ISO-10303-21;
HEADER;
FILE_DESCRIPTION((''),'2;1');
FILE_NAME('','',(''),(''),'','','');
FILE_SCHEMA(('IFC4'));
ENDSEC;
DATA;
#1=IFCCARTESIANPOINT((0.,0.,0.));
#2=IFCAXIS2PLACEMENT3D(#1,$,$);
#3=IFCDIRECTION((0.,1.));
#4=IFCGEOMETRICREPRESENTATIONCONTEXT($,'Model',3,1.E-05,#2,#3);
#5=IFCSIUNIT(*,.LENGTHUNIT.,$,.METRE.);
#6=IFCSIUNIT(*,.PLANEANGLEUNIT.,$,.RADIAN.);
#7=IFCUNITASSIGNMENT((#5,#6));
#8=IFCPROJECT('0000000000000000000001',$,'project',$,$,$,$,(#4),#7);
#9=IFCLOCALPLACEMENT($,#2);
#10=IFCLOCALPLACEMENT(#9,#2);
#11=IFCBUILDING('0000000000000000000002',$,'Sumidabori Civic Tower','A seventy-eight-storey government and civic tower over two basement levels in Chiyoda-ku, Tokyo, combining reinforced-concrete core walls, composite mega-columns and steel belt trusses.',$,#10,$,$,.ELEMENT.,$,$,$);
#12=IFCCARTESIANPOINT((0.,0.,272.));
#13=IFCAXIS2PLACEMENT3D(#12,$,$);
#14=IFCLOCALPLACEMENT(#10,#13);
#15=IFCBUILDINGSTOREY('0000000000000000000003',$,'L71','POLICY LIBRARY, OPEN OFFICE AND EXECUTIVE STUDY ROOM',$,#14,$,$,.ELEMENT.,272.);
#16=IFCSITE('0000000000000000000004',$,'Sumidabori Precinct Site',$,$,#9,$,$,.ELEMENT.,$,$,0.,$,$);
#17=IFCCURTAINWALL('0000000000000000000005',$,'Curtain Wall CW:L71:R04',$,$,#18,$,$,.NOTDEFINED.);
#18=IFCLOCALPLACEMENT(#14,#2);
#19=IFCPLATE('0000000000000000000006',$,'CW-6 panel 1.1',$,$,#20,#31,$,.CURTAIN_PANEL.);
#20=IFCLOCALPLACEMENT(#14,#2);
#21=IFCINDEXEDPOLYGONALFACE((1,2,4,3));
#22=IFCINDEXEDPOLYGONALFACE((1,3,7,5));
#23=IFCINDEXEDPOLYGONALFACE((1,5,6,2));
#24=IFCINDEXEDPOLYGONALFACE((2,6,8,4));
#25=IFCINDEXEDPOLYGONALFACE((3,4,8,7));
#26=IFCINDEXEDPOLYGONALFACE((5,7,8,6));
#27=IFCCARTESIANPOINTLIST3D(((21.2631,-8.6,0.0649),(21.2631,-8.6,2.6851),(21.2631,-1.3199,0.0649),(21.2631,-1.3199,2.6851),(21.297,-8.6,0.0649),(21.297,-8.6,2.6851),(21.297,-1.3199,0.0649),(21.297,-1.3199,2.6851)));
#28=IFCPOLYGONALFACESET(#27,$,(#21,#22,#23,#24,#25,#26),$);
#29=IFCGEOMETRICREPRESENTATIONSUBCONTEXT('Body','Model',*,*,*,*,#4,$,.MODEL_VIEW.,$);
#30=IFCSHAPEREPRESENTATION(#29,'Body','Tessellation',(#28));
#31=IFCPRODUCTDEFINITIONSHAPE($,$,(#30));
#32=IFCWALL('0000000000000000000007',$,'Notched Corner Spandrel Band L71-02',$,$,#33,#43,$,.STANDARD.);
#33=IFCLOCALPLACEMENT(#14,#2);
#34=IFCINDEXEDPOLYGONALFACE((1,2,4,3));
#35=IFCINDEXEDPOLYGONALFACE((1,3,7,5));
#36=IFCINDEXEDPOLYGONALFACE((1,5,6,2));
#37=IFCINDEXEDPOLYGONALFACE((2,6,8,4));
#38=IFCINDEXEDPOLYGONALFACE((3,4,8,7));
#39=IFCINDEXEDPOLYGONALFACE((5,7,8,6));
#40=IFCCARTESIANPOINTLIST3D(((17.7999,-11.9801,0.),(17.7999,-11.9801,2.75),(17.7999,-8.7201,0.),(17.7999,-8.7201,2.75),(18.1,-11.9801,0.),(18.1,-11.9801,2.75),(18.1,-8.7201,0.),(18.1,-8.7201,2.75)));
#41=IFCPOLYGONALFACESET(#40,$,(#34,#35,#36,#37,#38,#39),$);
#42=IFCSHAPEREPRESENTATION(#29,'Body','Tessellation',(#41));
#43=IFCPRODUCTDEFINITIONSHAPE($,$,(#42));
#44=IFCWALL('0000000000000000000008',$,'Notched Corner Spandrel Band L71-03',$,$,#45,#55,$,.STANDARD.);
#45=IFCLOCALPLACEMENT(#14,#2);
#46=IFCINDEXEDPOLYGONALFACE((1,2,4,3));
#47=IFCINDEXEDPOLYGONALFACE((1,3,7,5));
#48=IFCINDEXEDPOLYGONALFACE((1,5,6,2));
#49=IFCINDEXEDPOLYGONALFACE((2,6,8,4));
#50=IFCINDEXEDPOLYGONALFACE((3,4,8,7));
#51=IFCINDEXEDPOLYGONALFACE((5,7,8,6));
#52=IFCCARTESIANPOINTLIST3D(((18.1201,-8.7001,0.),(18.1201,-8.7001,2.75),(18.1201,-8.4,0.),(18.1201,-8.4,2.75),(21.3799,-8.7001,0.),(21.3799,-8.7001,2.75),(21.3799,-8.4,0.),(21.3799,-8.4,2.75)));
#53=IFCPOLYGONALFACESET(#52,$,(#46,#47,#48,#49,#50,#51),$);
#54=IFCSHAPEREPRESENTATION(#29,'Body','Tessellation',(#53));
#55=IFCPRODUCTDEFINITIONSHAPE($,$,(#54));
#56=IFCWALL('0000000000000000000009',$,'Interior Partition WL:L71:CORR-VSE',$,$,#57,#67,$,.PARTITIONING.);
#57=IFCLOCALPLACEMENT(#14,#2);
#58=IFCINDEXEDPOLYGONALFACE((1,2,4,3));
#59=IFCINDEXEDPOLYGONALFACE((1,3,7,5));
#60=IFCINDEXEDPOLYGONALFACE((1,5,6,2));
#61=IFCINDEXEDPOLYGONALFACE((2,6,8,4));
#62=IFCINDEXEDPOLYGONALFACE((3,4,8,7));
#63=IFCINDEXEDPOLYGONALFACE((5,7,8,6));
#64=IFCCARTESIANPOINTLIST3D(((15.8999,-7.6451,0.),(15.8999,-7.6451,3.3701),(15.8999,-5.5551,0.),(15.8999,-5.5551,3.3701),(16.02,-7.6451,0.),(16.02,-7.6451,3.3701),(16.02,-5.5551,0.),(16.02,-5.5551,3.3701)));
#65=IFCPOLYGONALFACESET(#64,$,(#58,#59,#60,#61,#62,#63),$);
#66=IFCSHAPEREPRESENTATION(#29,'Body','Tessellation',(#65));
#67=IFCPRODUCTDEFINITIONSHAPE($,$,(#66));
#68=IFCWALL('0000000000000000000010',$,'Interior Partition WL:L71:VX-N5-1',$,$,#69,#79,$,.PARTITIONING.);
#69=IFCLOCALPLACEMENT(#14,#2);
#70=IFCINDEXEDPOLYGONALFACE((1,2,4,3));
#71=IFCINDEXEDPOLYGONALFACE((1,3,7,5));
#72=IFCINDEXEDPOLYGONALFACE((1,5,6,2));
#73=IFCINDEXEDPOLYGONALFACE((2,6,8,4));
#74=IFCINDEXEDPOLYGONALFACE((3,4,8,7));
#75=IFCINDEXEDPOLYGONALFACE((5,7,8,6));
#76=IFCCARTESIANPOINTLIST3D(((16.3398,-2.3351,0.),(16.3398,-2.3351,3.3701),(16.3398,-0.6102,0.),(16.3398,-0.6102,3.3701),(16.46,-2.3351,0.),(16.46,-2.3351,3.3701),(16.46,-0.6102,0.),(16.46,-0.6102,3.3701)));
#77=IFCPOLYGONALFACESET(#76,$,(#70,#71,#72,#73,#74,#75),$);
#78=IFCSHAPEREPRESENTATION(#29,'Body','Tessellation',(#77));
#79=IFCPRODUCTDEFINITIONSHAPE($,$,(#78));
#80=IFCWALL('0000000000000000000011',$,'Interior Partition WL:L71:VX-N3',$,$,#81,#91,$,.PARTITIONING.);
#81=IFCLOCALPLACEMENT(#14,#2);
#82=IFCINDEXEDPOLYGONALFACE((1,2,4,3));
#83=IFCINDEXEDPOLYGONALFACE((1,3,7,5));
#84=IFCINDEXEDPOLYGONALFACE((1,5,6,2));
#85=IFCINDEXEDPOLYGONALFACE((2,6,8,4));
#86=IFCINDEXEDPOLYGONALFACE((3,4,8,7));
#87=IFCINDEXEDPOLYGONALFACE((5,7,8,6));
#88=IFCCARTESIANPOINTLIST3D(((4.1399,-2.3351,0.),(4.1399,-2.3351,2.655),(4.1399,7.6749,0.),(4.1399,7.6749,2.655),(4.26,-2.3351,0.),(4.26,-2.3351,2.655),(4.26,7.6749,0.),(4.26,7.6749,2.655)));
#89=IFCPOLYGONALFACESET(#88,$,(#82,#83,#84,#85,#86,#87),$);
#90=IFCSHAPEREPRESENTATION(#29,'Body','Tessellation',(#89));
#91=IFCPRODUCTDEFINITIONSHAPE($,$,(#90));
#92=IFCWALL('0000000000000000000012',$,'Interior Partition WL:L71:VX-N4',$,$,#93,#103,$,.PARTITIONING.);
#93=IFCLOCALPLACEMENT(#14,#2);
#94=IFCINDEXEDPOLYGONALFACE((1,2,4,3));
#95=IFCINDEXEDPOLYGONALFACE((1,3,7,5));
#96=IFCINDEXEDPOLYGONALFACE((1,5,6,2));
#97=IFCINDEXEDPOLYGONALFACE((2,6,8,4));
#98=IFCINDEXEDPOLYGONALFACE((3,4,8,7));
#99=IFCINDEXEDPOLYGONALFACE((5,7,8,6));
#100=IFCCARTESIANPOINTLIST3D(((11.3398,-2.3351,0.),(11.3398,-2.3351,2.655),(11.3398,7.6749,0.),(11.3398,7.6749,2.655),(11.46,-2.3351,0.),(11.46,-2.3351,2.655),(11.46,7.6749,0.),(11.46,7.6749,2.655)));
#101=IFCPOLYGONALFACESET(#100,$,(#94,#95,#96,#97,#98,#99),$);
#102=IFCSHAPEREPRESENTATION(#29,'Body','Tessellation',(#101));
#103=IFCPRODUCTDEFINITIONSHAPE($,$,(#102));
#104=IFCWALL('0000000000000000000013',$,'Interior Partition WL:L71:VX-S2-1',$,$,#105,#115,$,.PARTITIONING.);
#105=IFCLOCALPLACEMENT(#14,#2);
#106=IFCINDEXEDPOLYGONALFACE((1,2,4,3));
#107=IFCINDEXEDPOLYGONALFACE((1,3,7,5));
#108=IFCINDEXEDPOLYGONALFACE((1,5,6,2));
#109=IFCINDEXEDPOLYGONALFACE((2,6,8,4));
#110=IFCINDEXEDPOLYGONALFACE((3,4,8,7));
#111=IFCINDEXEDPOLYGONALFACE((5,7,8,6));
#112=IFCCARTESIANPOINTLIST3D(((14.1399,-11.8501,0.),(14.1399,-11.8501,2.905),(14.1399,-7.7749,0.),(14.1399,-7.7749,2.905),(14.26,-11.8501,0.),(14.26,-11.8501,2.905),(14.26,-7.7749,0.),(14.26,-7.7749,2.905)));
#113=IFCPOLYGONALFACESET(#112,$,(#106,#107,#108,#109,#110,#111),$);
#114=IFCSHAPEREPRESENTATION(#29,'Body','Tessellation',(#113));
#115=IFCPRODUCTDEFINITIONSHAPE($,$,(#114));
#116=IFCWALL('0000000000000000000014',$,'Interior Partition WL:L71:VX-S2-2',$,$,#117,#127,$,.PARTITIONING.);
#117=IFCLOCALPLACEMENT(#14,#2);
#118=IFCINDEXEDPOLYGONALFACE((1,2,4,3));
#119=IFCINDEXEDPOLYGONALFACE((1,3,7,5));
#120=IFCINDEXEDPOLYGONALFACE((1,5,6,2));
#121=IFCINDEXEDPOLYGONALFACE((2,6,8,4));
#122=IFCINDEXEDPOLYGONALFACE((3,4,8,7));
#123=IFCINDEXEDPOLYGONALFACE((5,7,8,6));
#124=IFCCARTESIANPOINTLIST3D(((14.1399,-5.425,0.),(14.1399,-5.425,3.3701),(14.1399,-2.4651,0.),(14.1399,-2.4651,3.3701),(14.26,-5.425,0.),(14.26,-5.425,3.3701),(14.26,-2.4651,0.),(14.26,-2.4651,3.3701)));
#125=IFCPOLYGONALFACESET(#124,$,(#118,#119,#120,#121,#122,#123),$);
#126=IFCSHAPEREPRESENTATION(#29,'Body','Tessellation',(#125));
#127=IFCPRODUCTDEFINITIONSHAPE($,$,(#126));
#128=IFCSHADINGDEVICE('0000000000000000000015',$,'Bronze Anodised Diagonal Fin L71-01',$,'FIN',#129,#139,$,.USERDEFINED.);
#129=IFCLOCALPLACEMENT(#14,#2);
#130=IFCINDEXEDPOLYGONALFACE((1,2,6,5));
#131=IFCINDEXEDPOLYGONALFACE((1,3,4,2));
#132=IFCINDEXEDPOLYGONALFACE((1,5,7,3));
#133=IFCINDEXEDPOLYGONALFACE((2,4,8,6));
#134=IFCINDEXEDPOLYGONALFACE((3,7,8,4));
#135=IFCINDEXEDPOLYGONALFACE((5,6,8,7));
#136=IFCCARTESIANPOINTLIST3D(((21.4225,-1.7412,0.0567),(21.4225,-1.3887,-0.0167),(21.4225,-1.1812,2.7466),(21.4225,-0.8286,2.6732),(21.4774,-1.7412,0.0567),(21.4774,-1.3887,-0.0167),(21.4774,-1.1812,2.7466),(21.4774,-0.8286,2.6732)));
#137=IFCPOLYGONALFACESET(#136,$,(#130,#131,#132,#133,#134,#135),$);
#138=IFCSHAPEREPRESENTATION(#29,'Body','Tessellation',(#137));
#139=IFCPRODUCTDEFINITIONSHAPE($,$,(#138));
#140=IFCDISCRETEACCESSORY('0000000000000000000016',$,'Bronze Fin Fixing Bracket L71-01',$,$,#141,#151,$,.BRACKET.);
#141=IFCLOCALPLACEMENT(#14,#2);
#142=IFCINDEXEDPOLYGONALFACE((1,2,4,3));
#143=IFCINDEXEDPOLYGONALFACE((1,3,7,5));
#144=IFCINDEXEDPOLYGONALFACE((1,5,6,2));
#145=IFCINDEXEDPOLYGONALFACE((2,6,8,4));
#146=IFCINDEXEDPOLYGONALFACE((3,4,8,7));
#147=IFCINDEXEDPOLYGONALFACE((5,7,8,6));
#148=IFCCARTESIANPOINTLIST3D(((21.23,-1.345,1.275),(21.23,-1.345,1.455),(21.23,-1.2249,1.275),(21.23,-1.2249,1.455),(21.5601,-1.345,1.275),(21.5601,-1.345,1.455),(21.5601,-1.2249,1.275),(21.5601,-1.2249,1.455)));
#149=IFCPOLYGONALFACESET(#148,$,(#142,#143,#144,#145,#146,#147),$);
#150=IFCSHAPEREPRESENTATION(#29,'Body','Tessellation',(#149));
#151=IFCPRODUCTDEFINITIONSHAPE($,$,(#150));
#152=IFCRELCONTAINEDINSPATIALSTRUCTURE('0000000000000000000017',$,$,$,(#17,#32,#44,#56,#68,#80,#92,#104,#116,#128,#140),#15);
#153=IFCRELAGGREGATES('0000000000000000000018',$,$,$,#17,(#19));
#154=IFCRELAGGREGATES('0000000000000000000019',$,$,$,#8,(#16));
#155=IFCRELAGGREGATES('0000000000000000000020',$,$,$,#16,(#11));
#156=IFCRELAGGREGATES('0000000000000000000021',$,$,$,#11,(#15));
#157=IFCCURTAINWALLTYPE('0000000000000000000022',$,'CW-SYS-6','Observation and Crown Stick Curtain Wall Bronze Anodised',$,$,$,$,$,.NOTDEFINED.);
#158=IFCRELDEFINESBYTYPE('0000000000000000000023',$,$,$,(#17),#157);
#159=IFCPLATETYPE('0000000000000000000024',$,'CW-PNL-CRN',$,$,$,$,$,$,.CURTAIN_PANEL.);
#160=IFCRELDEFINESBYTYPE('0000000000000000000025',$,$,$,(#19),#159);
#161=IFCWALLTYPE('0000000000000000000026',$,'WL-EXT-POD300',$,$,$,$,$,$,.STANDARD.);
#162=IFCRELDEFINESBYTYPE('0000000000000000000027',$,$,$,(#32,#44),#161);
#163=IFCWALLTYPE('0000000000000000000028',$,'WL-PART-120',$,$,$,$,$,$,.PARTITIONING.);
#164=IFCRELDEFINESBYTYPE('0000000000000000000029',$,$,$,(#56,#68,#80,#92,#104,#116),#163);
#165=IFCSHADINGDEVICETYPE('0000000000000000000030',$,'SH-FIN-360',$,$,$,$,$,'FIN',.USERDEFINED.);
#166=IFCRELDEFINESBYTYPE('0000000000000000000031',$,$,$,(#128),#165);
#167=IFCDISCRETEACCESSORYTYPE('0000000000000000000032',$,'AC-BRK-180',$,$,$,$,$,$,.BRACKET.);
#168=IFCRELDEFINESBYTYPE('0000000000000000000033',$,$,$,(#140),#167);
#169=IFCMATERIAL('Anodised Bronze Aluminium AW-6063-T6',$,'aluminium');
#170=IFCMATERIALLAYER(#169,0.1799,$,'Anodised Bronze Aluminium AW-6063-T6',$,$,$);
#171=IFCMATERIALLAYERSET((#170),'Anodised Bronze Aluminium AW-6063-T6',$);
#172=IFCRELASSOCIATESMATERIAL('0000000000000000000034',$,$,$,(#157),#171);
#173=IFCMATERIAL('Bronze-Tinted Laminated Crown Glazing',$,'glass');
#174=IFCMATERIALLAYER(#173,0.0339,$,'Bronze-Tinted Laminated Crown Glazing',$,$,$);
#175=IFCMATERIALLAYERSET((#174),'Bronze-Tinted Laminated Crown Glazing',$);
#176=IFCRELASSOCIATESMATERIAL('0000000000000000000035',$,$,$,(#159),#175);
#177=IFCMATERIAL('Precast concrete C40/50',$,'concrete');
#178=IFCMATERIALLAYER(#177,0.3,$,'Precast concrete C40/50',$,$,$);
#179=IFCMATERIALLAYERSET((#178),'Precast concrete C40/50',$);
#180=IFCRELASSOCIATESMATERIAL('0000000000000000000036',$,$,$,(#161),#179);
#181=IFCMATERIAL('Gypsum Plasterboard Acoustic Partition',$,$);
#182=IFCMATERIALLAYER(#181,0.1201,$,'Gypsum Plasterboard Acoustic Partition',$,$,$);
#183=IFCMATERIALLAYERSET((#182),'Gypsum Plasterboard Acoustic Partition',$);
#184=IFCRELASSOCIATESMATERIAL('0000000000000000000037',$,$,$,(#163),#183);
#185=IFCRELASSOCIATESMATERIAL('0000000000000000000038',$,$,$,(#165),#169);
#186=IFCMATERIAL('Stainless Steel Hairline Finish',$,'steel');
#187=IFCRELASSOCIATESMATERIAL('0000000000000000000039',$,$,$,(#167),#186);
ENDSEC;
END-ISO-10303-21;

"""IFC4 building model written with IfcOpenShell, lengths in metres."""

from ifc_helpers import new_model, si_unit, direction, frame, frame_2d, origin, origin_2d, place, context, subcontext, project, spatial, rectangle, extrude, source, transform, mapped, material, layer, layer_set, material_profile, profile_set, type_object, element, aggregate, save


model = new_model("IFC4")

# Units and contexts
model_context = context("Model", 3, precision=1e-05, world=origin(), true_north=direction((0.0, 1.0)))
body_context = subcontext(model_context, "Body", "Model", "MODEL_VIEW")
ifc_project = project(units=[si_unit("LENGTHUNIT", "METRE"), si_unit("PLANEANGLEUNIT", "RADIAN")], contexts=[model_context])

# Site, building, storey
site_placement = place(None, origin())
site = spatial("IfcSite", under=ifc_project, at=site_placement, Name="Sumidabori Precinct Site", CompositionType="ELEMENT", RefElevation=0.0)
building_placement = place(site_placement, origin())
building = spatial("IfcBuilding", under=site, at=building_placement, Name="Sumidabori Civic Tower", Description="A seventy-eight-storey government and civic tower over two basement levels in Chiyoda-ku, Tokyo, combining reinforced-concrete core walls, composite mega-columns and steel belt trusses.", CompositionType="ELEMENT")
storey_placement = place(building_placement, frame((0.0, 0.0, 272.0)))
storey = spatial("IfcBuildingStorey", under=building, at=storey_placement, Name="L71", Description="POLICY LIBRARY, OPEN OFFICE AND EXECUTIVE STUDY ROOM", CompositionType="ELEMENT", Elevation=272.0)

# Curtain wall
ifc_material_1 = material(Name="Anodised Bronze Aluminium AW-6063-T6", Category="aluminium")
ifc_layer_1 = layer(ifc_material_1, 0.1799, Name="Anodised Bronze Aluminium AW-6063-T6")
ifc_layer_set_1 = layer_set([ifc_layer_1], Name="Anodised Bronze Aluminium AW-6063-T6")
curtain_wall_type = type_object("IfcCurtainWallType", Name="CW-SYS-6", Description="Observation and Crown Stick Curtain Wall Bronze Anodised", PredefinedType="NOTDEFINED", material=ifc_layer_set_1)
curtain_wall_1_placement = place(storey_placement, origin())
curtain_wall_1 = element("IfcCurtainWall", 1, at=curtain_wall_1_placement, inside=storey, type_object=curtain_wall_type, Name="Curtain Wall CW:L71:R04", PredefinedType="NOTDEFINED")

# Plate
ifc_material_2 = material(Name="Bronze-Tinted Laminated Crown Glazing", Category="glass")
ifc_layer_2 = layer(ifc_material_2, 0.0339, Name="Bronze-Tinted Laminated Crown Glazing")
ifc_layer_set_2 = layer_set([ifc_layer_2], Name="Bronze-Tinted Laminated Crown Glazing")
plate_type = type_object("IfcPlateType", Name="CW-PNL-CRN", PredefinedType="CURTAIN_PANEL", material=ifc_layer_set_2)
shared_shape_1 = source(origin(), body_context, "Body", "SweptSolid", [
    extrude(rectangle(XDim=7.28, YDim=0.0339, at=origin_2d()), origin(), (0.0, 0.0, 1.0), 2.6201),
])
plate_1_placement = place(storey_placement, frame((21.28, -4.96, 0.0649), z_axis=(0.0, 0.0, 1.0), x_axis=(0.0, 1.0, 0.0)))
plate_1 = element("IfcPlate", 2, at=plate_1_placement, type_object=plate_type, Name="CW-6 panel 1.1", PredefinedType="CURTAIN_PANEL", context=body_context, shape_type="MappedRepresentation", body=[
    mapped(shared_shape_1, transform((0.0, 0.0, 0.0), x_axis=(1.0, 0.0, 0.0), y_axis=(0.0, 1.0, 0.0), z_axis=(0.0, 0.0, 1.0), scale=1.0)),
])
aggregate(curtain_wall_1, [plate_1])

# Walls
ifc_material_3 = material(Name="Precast concrete C40/50", Category="concrete")
ifc_layer_3 = layer(ifc_material_3, 0.3, Name="Precast concrete C40/50")
ifc_layer_set_3 = layer_set([ifc_layer_3], Name="Precast concrete C40/50")
wall_type_1 = type_object("IfcWallType", Name="WL-EXT-POD300", PredefinedType="STANDARD", material=ifc_layer_set_3)
shared_shape_2 = source(origin(), body_context, "Body", "SweptSolid", [
    extrude(rectangle(XDim=3.26, YDim=0.3, at=frame_2d((1.6299, 0.0))), origin(), (0.0, 0.0, 1.0), 2.75),
])
wall_1_placement = place(storey_placement, frame((17.95, -11.98, 0.0), z_axis=(0.0, 0.0, 1.0), x_axis=(0.0, 1.0, 0.0)))
element("IfcWall", 3, at=wall_1_placement, inside=storey, type_object=wall_type_1, Name="Notched Corner Spandrel Band L71-02", PredefinedType="STANDARD", context=body_context, shape_type="MappedRepresentation", body=[
    mapped(shared_shape_2, transform((0.0, 0.0, 0.0), x_axis=(1.0, 0.0, 0.0), y_axis=(0.0, 1.0, 0.0), z_axis=(0.0, 0.0, 1.0), scale=1.0)),
])
shared_shape_3 = source(origin(), body_context, "Body", "SweptSolid", [
    extrude(rectangle(XDim=3.2598, YDim=0.3, at=frame_2d((1.6299, 0.0))), origin(), (0.0, 0.0, 1.0), 2.75),
])
wall_2_placement = place(storey_placement, frame((18.1201, -8.55, 0.0), z_axis=(0.0, 0.0, 1.0), x_axis=(1.0, 0.0, 0.0)))
element("IfcWall", 4, at=wall_2_placement, inside=storey, type_object=wall_type_1, Name="Notched Corner Spandrel Band L71-03", PredefinedType="STANDARD", context=body_context, shape_type="MappedRepresentation", body=[
    mapped(shared_shape_3, transform((0.0, 0.0, 0.0), x_axis=(1.0, 0.0, 0.0), y_axis=(0.0, 1.0, 0.0), z_axis=(0.0, 0.0, 1.0), scale=1.0)),
])
ifc_material_4 = material(Name="Gypsum Plasterboard Acoustic Partition")
ifc_layer_4 = layer(ifc_material_4, 0.1201, Name="Gypsum Plasterboard Acoustic Partition")
ifc_layer_set_4 = layer_set([ifc_layer_4], Name="Gypsum Plasterboard Acoustic Partition")
wall_type_2 = type_object("IfcWallType", Name="WL-PART-120", PredefinedType="PARTITIONING", material=ifc_layer_set_4)
shared_shape_4 = source(origin(), body_context, "Body", "SweptSolid", [
    extrude(rectangle(XDim=2.0901, YDim=0.1201, at=frame_2d((1.0449, 0.0))), origin(), (0.0, 0.0, 1.0), 3.3701),
])
wall_3_placement = place(storey_placement, frame((15.96, -7.645, 0.0), z_axis=(0.0, 0.0, 1.0), x_axis=(0.0, 1.0, 0.0)))
element("IfcWall", 5, at=wall_3_placement, inside=storey, type_object=wall_type_2, Name="Interior Partition WL:L71:CORR-VSE", PredefinedType="PARTITIONING", context=body_context, shape_type="MappedRepresentation", body=[
    mapped(shared_shape_4, transform((0.0, 0.0, 0.0), x_axis=(1.0, 0.0, 0.0), y_axis=(0.0, 1.0, 0.0), z_axis=(0.0, 0.0, 1.0), scale=1.0)),
])
shared_shape_5 = source(origin(), body_context, "Body", "SweptSolid", [
    extrude(rectangle(XDim=1.7249, YDim=0.1201, at=frame_2d((0.8623, 0.0))), origin(), (0.0, 0.0, 1.0), 3.3701),
])
wall_4_placement = place(storey_placement, frame((16.3999, -2.335, 0.0), z_axis=(0.0, 0.0, 1.0), x_axis=(0.0, 1.0, 0.0)))
element("IfcWall", 6, at=wall_4_placement, inside=storey, type_object=wall_type_2, Name="Interior Partition WL:L71:VX-N5-1", PredefinedType="PARTITIONING", context=body_context, shape_type="MappedRepresentation", body=[
    mapped(shared_shape_5, transform((0.0, 0.0, 0.0), x_axis=(1.0, 0.0, 0.0), y_axis=(0.0, 1.0, 0.0), z_axis=(0.0, 0.0, 1.0), scale=1.0)),
])
shared_shape_6 = source(origin(), body_context, "Body", "SweptSolid", [
    extrude(rectangle(XDim=10.01, YDim=0.1201, at=frame_2d((5.0049, 0.0))), origin(), (0.0, 0.0, 1.0), 2.655),
])
for number, where, z_axis, x_axis, name in (
    (7, (4.2, -2.335, 0.0), (0.0, 0.0, 1.0), (0.0, 1.0, 0.0), "Interior Partition WL:L71:VX-N3"),
    (8, (11.3999, -2.335, 0.0), (0.0, 0.0, 1.0), (0.0, 1.0, 0.0), "Interior Partition WL:L71:VX-N4"),
):
    element("IfcWall", number, at=place(storey_placement, frame(where, z_axis=z_axis, x_axis=x_axis)), inside=storey, type_object=wall_type_2, Name=name, PredefinedType="PARTITIONING", context=body_context, shape_type="MappedRepresentation", body=[
        mapped(shared_shape_6, transform((0.0, 0.0, 0.0), x_axis=(1.0, 0.0, 0.0), y_axis=(0.0, 1.0, 0.0), z_axis=(0.0, 0.0, 1.0), scale=1.0)),
    ])
shared_shape_7 = source(origin(), body_context, "Body", "SweptSolid", [
    extrude(rectangle(XDim=4.0752, YDim=0.1201, at=frame_2d((2.0376, 0.0))), origin(), (0.0, 0.0, 1.0), 2.905),
])
wall_5_placement = place(storey_placement, frame((14.2, -11.8501, 0.0), z_axis=(0.0, 0.0, 1.0), x_axis=(0.0, 1.0, 0.0)))
element("IfcWall", 9, at=wall_5_placement, inside=storey, type_object=wall_type_2, Name="Interior Partition WL:L71:VX-S2-1", PredefinedType="PARTITIONING", context=body_context, shape_type="MappedRepresentation", body=[
    mapped(shared_shape_7, transform((0.0, 0.0, 0.0), x_axis=(1.0, 0.0, 0.0), y_axis=(0.0, 1.0, 0.0), z_axis=(0.0, 0.0, 1.0), scale=1.0)),
])
shared_shape_8 = source(origin(), body_context, "Body", "SweptSolid", [
    extrude(rectangle(XDim=2.96, YDim=0.1201, at=frame_2d((1.48, 0.0))), origin(), (0.0, 0.0, 1.0), 3.3701),
])
wall_6_placement = place(storey_placement, frame((14.2, -5.425, 0.0), z_axis=(0.0, 0.0, 1.0), x_axis=(0.0, 1.0, 0.0)))
element("IfcWall", 10, at=wall_6_placement, inside=storey, type_object=wall_type_2, Name="Interior Partition WL:L71:VX-S2-2", PredefinedType="PARTITIONING", context=body_context, shape_type="MappedRepresentation", body=[
    mapped(shared_shape_8, transform((0.0, 0.0, 0.0), x_axis=(1.0, 0.0, 0.0), y_axis=(0.0, 1.0, 0.0), z_axis=(0.0, 0.0, 1.0), scale=1.0)),
])

# Shading device
ifc_material_profile_1 = material_profile(ifc_material_1, rectangle(XDim=0.0549, YDim=0.3601, at=origin_2d()), Name="BRONZE FIN 360x55")
ifc_profile_set_1 = profile_set([ifc_material_profile_1], Name="Anodised Bronze Aluminium AW-6063-T6")
shading_device_type = type_object("IfcShadingDeviceType", Name="SH-FIN-360", ElementType="FIN", PredefinedType="USERDEFINED", material=ifc_profile_set_1)
shared_shape_9 = source(origin(), body_context, "Body", "SweptSolid", [
    extrude(rectangle(XDim=0.0549, YDim=0.3601, at=origin_2d()), origin(), (0.0, 0.0, 1.0), 2.7476),
])
shading_device_placement = place(storey_placement, frame((21.45, -1.5649, 0.02), z_axis=(0.0, 0.203834, 0.979006), x_axis=(-1.0, 0.0, 0.0)))
element("IfcShadingDevice", 11, at=shading_device_placement, inside=storey, type_object=shading_device_type, Name="Bronze Anodised Diagonal Fin L71-01", ObjectType="FIN", PredefinedType="USERDEFINED", context=body_context, shape_type="MappedRepresentation", body=[
    mapped(shared_shape_9, transform((0.0, 0.0, 0.0), x_axis=(1.0, 0.0, 0.0), y_axis=(0.0, 1.0, 0.0), z_axis=(0.0, 0.0, 1.0), scale=1.0)),
])

# Discrete accessory
ifc_material_5 = material(Name="Stainless Steel Hairline Finish", Category="steel")
ifc_material_profile_2 = material_profile(ifc_material_5, rectangle(XDim=0.1201, YDim=0.1799, at=origin_2d()), Name="STEEL BRACKET 180x120")
ifc_profile_set_2 = profile_set([ifc_material_profile_2], Name="Stainless Steel Hairline Finish")
discrete_accessory_type = type_object("IfcDiscreteAccessoryType", Name="AC-BRK-180", PredefinedType="BRACKET", material=ifc_profile_set_2)
shared_shape_10 = source(origin(), body_context, "Body", "SweptSolid", [
    extrude(rectangle(XDim=0.1201, YDim=0.1799, at=origin_2d()), origin(), (0.0, 0.0, 1.0), 0.3301),
])
discrete_accessory_placement = place(storey_placement, frame((21.23, -1.2849, 1.365), z_axis=(1.0, 0.0, 0.0), x_axis=(0.0, 1.0, 0.0)))
element("IfcDiscreteAccessory", 12, at=discrete_accessory_placement, inside=storey, type_object=discrete_accessory_type, Name="Bronze Fin Fixing Bracket L71-01", PredefinedType="BRACKET", context=body_context, shape_type="MappedRepresentation", body=[
    mapped(shared_shape_10, transform((0.0, 0.0, 0.0), x_axis=(1.0, 0.0, 0.0), y_axis=(0.0, 1.0, 0.0), z_axis=(0.0, 0.0, 1.0), scale=1.0)),
])

save(model, "model.ifc")
